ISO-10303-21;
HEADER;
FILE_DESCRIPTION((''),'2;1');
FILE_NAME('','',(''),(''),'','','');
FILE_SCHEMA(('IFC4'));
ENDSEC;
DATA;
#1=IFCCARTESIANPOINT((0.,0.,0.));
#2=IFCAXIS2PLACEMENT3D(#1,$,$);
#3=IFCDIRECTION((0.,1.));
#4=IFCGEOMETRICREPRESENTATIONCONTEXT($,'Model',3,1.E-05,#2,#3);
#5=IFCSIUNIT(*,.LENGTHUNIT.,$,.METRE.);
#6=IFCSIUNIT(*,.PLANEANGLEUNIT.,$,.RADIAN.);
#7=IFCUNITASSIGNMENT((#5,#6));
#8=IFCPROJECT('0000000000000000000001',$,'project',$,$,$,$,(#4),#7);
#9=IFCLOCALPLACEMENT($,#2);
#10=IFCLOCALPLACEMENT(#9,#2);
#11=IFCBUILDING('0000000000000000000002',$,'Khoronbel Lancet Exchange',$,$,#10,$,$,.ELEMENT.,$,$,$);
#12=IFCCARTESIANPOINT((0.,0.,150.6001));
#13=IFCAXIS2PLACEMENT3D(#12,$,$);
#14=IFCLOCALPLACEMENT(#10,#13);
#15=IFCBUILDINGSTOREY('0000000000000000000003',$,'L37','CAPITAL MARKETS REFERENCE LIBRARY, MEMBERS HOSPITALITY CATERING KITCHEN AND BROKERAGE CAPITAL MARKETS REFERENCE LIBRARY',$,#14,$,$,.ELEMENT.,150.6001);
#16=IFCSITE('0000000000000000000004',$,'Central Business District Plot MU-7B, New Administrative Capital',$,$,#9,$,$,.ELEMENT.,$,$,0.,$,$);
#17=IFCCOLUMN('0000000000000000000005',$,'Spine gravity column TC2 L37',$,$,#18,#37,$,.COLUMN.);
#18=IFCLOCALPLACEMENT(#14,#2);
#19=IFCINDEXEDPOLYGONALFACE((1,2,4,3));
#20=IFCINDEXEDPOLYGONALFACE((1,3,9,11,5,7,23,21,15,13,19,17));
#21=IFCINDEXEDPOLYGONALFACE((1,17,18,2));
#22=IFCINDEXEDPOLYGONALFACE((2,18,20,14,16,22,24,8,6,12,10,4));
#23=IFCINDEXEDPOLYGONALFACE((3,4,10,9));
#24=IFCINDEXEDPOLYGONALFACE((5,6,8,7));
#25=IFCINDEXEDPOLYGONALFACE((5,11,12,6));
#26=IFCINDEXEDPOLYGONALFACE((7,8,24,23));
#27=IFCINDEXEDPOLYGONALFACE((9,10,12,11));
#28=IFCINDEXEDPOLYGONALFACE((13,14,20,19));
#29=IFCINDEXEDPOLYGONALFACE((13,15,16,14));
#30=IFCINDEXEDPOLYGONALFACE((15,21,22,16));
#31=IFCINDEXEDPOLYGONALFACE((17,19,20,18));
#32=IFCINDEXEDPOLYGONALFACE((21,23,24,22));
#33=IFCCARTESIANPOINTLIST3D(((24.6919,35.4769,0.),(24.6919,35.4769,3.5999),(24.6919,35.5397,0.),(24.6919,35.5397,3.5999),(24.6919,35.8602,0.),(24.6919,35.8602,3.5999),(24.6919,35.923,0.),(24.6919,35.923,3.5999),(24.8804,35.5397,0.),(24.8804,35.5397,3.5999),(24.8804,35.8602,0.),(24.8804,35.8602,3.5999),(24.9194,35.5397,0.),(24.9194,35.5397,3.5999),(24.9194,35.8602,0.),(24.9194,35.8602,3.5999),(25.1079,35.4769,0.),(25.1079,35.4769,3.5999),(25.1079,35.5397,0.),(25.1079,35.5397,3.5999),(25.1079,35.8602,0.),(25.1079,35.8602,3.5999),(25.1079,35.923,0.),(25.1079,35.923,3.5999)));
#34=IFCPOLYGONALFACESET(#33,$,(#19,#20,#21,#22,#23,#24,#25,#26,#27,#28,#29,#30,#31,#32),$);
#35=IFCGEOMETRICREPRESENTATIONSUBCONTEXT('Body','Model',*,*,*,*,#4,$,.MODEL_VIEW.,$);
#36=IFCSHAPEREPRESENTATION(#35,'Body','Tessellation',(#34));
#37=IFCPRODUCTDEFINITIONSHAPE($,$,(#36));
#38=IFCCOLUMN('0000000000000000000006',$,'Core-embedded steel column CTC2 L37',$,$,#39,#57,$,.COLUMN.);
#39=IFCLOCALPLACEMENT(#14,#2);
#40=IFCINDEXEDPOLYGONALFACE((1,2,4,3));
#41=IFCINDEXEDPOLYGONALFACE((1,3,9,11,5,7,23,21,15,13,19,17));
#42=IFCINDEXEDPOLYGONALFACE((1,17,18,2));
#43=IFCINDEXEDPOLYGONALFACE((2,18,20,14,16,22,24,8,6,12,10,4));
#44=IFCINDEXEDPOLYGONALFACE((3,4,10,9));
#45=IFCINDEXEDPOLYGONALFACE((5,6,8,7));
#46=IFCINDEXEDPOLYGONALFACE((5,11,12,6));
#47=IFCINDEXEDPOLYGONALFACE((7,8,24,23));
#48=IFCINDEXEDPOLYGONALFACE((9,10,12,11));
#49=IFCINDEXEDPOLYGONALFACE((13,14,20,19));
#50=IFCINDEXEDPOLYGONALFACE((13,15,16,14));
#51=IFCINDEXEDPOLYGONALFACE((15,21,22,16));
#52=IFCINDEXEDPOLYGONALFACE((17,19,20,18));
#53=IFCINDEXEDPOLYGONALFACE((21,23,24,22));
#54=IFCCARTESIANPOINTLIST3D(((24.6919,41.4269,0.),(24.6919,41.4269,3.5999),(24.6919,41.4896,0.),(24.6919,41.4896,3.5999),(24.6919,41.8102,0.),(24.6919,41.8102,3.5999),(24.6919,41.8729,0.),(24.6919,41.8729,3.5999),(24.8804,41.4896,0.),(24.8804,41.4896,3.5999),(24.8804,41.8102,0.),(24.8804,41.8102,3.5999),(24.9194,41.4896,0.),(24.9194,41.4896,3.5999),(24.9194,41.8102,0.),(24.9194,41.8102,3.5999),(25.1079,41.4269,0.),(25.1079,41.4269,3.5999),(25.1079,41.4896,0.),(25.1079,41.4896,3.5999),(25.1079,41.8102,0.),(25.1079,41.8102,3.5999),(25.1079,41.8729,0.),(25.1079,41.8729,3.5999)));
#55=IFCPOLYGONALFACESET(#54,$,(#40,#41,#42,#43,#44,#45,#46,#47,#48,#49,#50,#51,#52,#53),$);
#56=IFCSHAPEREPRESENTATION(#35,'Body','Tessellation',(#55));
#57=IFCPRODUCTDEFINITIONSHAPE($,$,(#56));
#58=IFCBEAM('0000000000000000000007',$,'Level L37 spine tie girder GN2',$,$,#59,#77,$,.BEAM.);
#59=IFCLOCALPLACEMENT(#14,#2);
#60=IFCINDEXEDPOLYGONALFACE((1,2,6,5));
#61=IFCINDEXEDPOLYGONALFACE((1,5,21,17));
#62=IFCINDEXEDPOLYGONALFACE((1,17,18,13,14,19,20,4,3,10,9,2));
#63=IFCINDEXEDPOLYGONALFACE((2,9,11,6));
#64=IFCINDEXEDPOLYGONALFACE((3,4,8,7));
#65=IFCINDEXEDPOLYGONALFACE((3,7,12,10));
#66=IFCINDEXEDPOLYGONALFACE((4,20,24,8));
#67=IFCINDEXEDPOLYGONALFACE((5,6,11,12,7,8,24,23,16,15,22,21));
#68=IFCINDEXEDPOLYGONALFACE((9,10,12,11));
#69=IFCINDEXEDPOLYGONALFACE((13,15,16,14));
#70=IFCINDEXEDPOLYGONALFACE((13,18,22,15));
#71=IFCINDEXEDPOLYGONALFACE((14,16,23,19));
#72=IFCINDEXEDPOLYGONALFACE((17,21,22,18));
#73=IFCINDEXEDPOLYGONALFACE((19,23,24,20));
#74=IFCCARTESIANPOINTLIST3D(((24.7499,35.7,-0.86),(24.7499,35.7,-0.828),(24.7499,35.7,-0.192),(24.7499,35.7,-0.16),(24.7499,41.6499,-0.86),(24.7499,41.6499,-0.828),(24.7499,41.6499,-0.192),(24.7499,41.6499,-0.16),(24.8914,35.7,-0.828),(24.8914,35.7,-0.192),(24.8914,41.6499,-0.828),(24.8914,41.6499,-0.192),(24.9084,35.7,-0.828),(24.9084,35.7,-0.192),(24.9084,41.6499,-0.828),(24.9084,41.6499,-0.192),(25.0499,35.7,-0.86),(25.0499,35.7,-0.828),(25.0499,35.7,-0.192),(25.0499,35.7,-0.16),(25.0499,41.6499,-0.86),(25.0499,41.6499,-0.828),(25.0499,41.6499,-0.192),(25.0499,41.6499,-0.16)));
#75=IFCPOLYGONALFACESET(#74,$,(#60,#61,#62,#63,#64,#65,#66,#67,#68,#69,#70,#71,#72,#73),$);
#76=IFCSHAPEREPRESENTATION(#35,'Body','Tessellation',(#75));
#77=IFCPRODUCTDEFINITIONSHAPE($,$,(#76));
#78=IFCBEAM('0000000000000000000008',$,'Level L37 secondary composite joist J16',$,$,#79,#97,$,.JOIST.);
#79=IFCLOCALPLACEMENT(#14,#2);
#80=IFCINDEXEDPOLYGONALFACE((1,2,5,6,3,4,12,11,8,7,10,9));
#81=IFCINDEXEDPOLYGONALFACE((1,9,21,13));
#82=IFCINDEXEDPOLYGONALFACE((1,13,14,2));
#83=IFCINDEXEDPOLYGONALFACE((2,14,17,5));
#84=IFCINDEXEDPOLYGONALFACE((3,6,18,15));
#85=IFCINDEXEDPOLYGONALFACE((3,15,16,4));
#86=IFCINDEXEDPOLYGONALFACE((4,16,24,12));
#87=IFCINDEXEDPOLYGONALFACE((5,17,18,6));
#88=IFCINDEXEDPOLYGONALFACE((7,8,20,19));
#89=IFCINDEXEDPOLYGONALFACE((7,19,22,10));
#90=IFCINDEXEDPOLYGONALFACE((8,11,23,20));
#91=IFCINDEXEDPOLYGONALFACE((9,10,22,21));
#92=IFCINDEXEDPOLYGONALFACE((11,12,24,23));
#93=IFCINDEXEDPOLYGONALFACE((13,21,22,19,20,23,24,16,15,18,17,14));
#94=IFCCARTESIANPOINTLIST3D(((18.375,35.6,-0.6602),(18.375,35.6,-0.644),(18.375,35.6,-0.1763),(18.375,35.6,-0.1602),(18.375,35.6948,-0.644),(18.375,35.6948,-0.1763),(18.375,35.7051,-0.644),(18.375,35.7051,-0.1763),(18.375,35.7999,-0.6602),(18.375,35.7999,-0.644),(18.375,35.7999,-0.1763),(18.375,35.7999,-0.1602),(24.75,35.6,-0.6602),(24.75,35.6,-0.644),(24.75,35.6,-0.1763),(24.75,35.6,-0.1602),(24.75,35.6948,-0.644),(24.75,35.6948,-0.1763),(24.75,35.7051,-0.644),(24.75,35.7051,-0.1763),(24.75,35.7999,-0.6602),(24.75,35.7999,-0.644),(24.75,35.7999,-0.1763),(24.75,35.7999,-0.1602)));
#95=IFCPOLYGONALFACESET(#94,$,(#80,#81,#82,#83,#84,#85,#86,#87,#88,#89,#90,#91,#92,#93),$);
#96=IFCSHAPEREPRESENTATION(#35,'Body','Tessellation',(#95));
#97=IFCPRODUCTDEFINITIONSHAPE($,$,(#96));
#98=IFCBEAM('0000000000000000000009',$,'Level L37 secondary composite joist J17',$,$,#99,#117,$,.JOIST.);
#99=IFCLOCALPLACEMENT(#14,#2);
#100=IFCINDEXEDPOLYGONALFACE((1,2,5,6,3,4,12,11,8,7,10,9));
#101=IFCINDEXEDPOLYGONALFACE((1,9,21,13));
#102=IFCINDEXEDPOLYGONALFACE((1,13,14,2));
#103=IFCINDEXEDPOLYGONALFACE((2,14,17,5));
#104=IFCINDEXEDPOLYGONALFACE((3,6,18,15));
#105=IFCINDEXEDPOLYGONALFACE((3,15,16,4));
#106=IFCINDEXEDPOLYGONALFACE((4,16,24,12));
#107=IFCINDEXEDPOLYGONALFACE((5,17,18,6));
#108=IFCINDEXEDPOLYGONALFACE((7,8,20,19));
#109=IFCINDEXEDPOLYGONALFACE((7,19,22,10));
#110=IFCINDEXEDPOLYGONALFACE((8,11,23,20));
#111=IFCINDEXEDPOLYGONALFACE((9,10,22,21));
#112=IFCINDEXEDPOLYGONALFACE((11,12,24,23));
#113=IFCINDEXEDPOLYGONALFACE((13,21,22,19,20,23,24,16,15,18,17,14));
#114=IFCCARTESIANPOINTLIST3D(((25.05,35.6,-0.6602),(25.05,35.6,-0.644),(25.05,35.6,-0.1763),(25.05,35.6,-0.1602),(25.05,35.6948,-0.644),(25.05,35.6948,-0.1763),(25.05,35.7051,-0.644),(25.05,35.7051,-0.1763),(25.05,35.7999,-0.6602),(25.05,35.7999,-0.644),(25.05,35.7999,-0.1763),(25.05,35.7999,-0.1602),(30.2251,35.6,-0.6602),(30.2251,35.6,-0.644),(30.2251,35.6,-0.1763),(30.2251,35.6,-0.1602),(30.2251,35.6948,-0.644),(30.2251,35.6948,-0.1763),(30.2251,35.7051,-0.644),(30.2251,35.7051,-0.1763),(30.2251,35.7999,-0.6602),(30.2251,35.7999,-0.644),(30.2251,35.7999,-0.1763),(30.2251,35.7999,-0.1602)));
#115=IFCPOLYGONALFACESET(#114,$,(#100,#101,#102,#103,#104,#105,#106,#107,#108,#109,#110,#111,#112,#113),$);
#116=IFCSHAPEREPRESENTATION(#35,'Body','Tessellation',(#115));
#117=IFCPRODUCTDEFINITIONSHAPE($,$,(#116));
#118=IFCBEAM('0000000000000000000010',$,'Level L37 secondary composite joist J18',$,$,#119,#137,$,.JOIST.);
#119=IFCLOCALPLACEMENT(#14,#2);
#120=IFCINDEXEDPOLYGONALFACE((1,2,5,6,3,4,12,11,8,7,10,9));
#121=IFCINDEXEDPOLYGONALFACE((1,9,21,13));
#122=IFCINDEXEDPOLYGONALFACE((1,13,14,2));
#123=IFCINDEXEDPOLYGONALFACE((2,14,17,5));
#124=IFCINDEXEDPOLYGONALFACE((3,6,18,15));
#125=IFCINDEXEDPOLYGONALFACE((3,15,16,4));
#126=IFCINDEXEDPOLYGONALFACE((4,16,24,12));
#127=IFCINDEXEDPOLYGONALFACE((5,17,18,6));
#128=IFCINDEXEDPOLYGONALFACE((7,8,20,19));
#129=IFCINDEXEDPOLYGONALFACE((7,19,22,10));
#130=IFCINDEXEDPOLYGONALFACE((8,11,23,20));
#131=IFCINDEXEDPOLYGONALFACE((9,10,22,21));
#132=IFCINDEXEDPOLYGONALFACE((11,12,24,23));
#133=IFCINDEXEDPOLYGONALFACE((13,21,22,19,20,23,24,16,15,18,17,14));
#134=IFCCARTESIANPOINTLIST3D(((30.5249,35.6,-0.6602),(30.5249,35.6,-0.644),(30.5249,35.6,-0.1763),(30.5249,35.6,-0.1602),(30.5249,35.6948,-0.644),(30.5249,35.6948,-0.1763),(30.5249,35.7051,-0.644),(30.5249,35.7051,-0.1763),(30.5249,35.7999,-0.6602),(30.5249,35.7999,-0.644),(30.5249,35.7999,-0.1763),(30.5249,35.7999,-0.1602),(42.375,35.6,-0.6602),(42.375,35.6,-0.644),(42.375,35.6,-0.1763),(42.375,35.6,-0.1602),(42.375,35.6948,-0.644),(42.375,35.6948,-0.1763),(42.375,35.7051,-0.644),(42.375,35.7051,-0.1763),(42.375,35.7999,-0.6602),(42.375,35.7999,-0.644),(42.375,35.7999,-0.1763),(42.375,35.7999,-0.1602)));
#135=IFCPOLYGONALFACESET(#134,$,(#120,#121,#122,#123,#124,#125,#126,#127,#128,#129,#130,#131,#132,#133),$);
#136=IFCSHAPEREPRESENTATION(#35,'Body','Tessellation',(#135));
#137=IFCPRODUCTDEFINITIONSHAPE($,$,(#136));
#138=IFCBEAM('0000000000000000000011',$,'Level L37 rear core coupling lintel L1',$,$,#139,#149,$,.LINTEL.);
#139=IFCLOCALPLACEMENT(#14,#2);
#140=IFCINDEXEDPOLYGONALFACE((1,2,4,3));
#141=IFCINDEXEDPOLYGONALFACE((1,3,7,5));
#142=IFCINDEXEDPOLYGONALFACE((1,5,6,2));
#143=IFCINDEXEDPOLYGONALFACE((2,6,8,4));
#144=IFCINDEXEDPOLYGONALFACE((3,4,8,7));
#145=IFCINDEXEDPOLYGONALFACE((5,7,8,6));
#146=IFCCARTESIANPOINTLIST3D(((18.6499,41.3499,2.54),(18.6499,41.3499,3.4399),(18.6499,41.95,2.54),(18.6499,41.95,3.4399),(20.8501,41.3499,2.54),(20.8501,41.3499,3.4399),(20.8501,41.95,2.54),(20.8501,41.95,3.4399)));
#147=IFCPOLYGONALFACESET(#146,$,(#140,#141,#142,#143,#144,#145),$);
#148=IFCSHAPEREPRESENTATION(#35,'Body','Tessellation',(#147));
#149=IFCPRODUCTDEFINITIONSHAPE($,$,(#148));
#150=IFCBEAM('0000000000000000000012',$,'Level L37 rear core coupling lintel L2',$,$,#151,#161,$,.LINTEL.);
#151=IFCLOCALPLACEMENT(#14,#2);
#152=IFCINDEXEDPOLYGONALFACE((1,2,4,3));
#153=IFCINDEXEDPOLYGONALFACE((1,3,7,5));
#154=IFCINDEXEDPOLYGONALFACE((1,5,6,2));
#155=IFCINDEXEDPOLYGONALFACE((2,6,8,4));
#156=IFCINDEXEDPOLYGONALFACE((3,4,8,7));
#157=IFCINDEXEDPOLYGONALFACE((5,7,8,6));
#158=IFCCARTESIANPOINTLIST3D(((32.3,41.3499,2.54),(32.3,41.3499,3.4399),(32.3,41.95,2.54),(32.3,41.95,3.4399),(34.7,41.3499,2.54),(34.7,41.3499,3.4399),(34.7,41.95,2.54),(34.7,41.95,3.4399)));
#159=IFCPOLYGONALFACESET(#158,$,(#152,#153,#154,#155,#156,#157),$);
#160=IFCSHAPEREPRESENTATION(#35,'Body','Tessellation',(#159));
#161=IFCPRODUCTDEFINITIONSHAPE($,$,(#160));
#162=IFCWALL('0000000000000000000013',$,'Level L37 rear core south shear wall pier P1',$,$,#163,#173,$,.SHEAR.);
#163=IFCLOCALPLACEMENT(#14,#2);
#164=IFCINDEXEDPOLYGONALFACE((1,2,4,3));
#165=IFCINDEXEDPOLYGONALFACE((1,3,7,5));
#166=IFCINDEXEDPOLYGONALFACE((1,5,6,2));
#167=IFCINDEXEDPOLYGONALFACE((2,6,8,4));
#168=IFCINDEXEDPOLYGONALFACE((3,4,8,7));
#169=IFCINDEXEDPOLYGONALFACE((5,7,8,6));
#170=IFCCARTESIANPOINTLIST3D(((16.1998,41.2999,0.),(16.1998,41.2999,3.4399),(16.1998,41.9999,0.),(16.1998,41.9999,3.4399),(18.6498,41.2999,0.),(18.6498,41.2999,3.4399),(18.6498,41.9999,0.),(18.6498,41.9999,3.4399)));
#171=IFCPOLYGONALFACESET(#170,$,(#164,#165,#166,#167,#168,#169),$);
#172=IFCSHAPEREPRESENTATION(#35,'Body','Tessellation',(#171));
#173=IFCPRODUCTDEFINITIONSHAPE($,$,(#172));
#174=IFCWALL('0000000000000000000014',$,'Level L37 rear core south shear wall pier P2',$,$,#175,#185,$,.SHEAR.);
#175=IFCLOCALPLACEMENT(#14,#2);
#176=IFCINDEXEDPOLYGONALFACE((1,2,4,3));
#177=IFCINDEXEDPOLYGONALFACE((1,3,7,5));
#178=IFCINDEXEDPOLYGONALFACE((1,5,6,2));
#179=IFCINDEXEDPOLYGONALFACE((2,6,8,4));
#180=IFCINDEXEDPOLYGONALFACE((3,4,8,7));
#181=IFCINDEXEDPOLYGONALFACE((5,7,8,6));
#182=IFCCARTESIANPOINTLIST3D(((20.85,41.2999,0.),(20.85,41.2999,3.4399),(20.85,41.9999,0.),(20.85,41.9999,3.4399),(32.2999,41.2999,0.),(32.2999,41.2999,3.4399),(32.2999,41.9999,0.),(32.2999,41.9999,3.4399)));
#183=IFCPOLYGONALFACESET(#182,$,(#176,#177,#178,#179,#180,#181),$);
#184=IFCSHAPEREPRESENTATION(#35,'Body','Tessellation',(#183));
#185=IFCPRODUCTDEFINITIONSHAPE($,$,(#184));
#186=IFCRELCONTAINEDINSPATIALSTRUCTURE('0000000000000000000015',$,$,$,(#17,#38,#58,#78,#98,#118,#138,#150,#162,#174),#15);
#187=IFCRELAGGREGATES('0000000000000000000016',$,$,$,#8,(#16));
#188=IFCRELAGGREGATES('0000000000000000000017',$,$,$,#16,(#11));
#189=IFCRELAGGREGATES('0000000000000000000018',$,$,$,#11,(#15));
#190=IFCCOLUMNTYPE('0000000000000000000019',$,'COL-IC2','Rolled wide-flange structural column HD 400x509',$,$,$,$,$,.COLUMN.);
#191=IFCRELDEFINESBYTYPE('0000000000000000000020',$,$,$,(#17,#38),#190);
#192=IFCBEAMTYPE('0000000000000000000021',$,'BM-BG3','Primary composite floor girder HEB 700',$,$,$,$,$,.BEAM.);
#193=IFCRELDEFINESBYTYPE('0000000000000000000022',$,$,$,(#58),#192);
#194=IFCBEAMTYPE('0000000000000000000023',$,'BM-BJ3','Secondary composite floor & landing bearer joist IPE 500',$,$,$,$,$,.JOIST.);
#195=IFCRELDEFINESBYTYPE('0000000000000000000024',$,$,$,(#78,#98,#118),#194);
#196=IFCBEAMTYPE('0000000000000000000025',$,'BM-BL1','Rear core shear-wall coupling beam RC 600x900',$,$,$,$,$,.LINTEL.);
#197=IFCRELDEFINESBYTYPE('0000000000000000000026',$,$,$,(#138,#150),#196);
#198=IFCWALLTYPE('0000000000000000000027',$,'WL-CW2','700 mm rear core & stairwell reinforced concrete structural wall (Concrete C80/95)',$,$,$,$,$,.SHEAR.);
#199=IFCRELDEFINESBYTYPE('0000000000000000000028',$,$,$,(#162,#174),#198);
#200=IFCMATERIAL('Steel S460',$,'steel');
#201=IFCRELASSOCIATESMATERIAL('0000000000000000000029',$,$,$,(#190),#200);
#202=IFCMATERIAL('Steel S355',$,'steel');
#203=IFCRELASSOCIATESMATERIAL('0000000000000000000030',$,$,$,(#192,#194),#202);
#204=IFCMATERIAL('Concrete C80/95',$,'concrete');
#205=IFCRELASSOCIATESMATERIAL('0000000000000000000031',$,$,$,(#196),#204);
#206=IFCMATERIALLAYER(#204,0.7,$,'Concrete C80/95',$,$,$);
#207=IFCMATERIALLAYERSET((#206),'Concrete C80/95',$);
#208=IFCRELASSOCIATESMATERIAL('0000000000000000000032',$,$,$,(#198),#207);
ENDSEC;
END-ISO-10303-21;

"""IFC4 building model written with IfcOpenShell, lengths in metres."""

from ifc_helpers import new_model, si_unit, direction, frame, frame_2d, origin, origin_2d, place, context, subcontext, project, spatial, rectangle, i_section, extrude, material, layer, layer_set, material_profile, profile_set, type_object, element, save


model = new_model("IFC4")

# Units and contexts
model_context = context("Model", 3, precision=1e-05, world=origin(), true_north=direction((0.0, 1.0)))
body_context = subcontext(model_context, "Body", "Model", "MODEL_VIEW")
ifc_project = project(units=[si_unit("LENGTHUNIT", "METRE"), si_unit("PLANEANGLEUNIT", "RADIAN")], contexts=[model_context])

# Site, building, storey
site_placement = place(None, origin())
site = spatial("IfcSite", under=ifc_project, at=site_placement, Name="Central Business District Plot MU-7B, New Administrative Capital", CompositionType="ELEMENT", RefElevation=0.0)
building_placement = place(site_placement, origin())
building = spatial("IfcBuilding", under=site, at=building_placement, Name="Khoronbel Lancet Exchange", CompositionType="ELEMENT")
storey_placement = place(building_placement, frame((0.0, 0.0, 150.6001)))
storey = spatial("IfcBuildingStorey", under=building, at=storey_placement, Name="L37", Description="CAPITAL MARKETS REFERENCE LIBRARY, MEMBERS HOSPITALITY CATERING KITCHEN AND BROKERAGE CAPITAL MARKETS REFERENCE LIBRARY", CompositionType="ELEMENT", Elevation=150.6001)

# Columns
ifc_material_1 = material(Name="Steel S460", Category="steel")
ifc_material_profile_1 = material_profile(ifc_material_1, i_section(OverallWidth=0.416, OverallDepth=0.446, WebThickness=0.0391, FlangeThickness=0.0627, at=origin_2d()), Name="HD 400x509")
ifc_profile_set_1 = profile_set([ifc_material_profile_1], Name="Steel S460")
column_type = type_object("IfcColumnType", Name="COL-IC2", Description="Rolled wide-flange structural column HD 400x509", PredefinedType="COLUMN", material=ifc_profile_set_1)
for number, where, z_axis, x_axis, name in (
    (1, (24.8999, 35.7, 0.0), (0.0, 0.0, 1.0), (1.0, 0.0, 0.0), "Spine gravity column TC2 L37"),
    (2, (24.8999, 41.6499, 0.0), (0.0, 0.0, 1.0), (1.0, 0.0, 0.0), "Core-embedded steel column CTC2 L37"),
):
    element("IfcColumn", number, at=place(storey_placement, frame(where, z_axis=z_axis, x_axis=x_axis)), inside=storey, type_object=column_type, Name=name, PredefinedType="COLUMN", context=body_context, shape_type="SweptSolid", body=[
        extrude(i_section(OverallWidth=0.416, OverallDepth=0.446, WebThickness=0.0391, FlangeThickness=0.0627, at=origin_2d()), origin(), (0.0, 0.0, 1.0), 3.5999),
    ])

# Beams
ifc_material_2 = material(Name="Steel S355", Category="steel")
ifc_material_profile_2 = material_profile(ifc_material_2, i_section(OverallWidth=0.3, OverallDepth=0.7, WebThickness=0.0171, FlangeThickness=0.032, at=origin_2d()), Name="HEB 700")
ifc_profile_set_2 = profile_set([ifc_material_profile_2], Name="Steel S355")
beam_type_1 = type_object("IfcBeamType", Name="BM-BG3", Description="Primary composite floor girder HEB 700", PredefinedType="BEAM", material=ifc_profile_set_2)
beam_1_placement = place(storey_placement, frame((24.8999, 35.7, -0.51), z_axis=(0.0, 1.0, 0.0), x_axis=(-1.0, 0.0, 0.0)))
element("IfcBeam", 3, at=beam_1_placement, inside=storey, type_object=beam_type_1, Name="Level L37 spine tie girder GN2", PredefinedType="BEAM", context=body_context, shape_type="SweptSolid", body=[
    extrude(i_section(OverallWidth=0.3, OverallDepth=0.7, WebThickness=0.0171, FlangeThickness=0.032, at=origin_2d()), origin(), (0.0, 0.0, 1.0), 5.95),
])
ifc_material_profile_3 = material_profile(ifc_material_2, i_section(OverallWidth=0.2, OverallDepth=0.5, WebThickness=0.0103, FlangeThickness=0.0161, at=origin_2d()), Name="IPE 500")
ifc_profile_set_3 = profile_set([ifc_material_profile_3], Name="Steel S355")
beam_type_2 = type_object("IfcBeamType", Name="BM-BJ3", Description="Secondary composite floor & landing bearer joist IPE 500", PredefinedType="JOIST", material=ifc_profile_set_3)
beam_2_placement = place(storey_placement, frame((18.375, 35.7, -0.4102), z_axis=(1.0, 0.0, 0.0), x_axis=(0.0, 1.0, 0.0)))
element("IfcBeam", 4, at=beam_2_placement, inside=storey, type_object=beam_type_2, Name="Level L37 secondary composite joist J16", PredefinedType="JOIST", context=body_context, shape_type="SweptSolid", body=[
    extrude(i_section(OverallWidth=0.2, OverallDepth=0.5, WebThickness=0.0103, FlangeThickness=0.0161, at=origin_2d()), origin(), (0.0, 0.0, 1.0), 6.375),
])
beam_3_placement = place(storey_placement, frame((25.05, 35.7, -0.4102), z_axis=(1.0, 0.0, 0.0), x_axis=(0.0, 1.0, 0.0)))
element("IfcBeam", 5, at=beam_3_placement, inside=storey, type_object=beam_type_2, Name="Level L37 secondary composite joist J17", PredefinedType="JOIST", context=body_context, shape_type="SweptSolid", body=[
    extrude(i_section(OverallWidth=0.2, OverallDepth=0.5, WebThickness=0.0103, FlangeThickness=0.0161, at=origin_2d()), origin(), (0.0, 0.0, 1.0), 5.175),
])
beam_4_placement = place(storey_placement, frame((30.5249, 35.7, -0.4102), z_axis=(1.0, 0.0, 0.0), x_axis=(0.0, 1.0, 0.0)))
element("IfcBeam", 6, at=beam_4_placement, inside=storey, type_object=beam_type_2, Name="Level L37 secondary composite joist J18", PredefinedType="JOIST", context=body_context, shape_type="SweptSolid", body=[
    extrude(i_section(OverallWidth=0.2, OverallDepth=0.5, WebThickness=0.0103, FlangeThickness=0.0161, at=origin_2d()), origin(), (0.0, 0.0, 1.0), 11.8501),
])
ifc_material_3 = material(Name="Concrete C80/95", Category="concrete")
ifc_material_profile_4 = material_profile(ifc_material_3, rectangle(XDim=0.6001, YDim=0.8999, at=origin_2d()), Name="RC 600x900")
ifc_profile_set_4 = profile_set([ifc_material_profile_4], Name="Concrete C80/95")
beam_type_3 = type_object("IfcBeamType", Name="BM-BL1", Description="Rear core shear-wall coupling beam RC 600x900", PredefinedType="LINTEL", material=ifc_profile_set_4)
beam_5_placement = place(storey_placement, frame((18.6499, 41.6499, 2.99), z_axis=(1.0, 0.0, 0.0), x_axis=(0.0, 1.0, 0.0)))
element("IfcBeam", 7, at=beam_5_placement, inside=storey, type_object=beam_type_3, Name="Level L37 rear core coupling lintel L1", PredefinedType="LINTEL", context=body_context, shape_type="SweptSolid", body=[
    extrude(rectangle(XDim=0.6001, YDim=0.8999, at=origin_2d()), origin(), (0.0, 0.0, 1.0), 2.2002),
])
beam_6_placement = place(storey_placement, frame((32.3, 41.6499, 2.99), z_axis=(1.0, 0.0, 0.0), x_axis=(0.0, 1.0, 0.0)))
element("IfcBeam", 8, at=beam_6_placement, inside=storey, type_object=beam_type_3, Name="Level L37 rear core coupling lintel L2", PredefinedType="LINTEL", context=body_context, shape_type="SweptSolid", body=[
    extrude(rectangle(XDim=0.6001, YDim=0.8999, at=origin_2d()), origin(), (0.0, 0.0, 1.0), 2.3999),
])

# Walls
ifc_layer_1 = layer(ifc_material_3, 0.7, Name="Concrete C80/95")
ifc_layer_set_1 = layer_set([ifc_layer_1], Name="Concrete C80/95")
wall_type_1 = type_object("IfcWallType", Name="WL-CW2", Description="700 mm rear core & stairwell reinforced concrete structural wall (Concrete C80/95)", PredefinedType="SHEAR", material=ifc_layer_set_1)
wall_1_placement = place(storey_placement, frame((18.6499, 41.6499, 0.0), z_axis=(0.0, 0.0, 1.0), x_axis=(-1.0, 0.0, 0.0)))
element("IfcWall", 9, at=wall_1_placement, inside=storey, type_object=wall_type_1, Name="Level L37 rear core south shear wall pier P1", PredefinedType="SHEAR", context=body_context, shape_type="SweptSolid", body=[
    extrude(rectangle(XDim=2.45, YDim=0.7, at=frame_2d((1.2251, 0.0))), origin(), (0.0, 0.0, 1.0), 3.4399),
])
wall_2_placement = place(storey_placement, frame((32.3, 41.6499, 0.0), z_axis=(0.0, 0.0, 1.0), x_axis=(-1.0, 0.0, 0.0)))
element("IfcWall", 10, at=wall_2_placement, inside=storey, type_object=wall_type_1, Name="Level L37 rear core south shear wall pier P2", PredefinedType="SHEAR", context=body_context, shape_type="SweptSolid", body=[
    extrude(rectangle(XDim=11.45, YDim=0.7, at=frame_2d((5.7251, 0.0))), origin(), (0.0, 0.0, 1.0), 3.4399),
])

save(model, "model.ifc")
